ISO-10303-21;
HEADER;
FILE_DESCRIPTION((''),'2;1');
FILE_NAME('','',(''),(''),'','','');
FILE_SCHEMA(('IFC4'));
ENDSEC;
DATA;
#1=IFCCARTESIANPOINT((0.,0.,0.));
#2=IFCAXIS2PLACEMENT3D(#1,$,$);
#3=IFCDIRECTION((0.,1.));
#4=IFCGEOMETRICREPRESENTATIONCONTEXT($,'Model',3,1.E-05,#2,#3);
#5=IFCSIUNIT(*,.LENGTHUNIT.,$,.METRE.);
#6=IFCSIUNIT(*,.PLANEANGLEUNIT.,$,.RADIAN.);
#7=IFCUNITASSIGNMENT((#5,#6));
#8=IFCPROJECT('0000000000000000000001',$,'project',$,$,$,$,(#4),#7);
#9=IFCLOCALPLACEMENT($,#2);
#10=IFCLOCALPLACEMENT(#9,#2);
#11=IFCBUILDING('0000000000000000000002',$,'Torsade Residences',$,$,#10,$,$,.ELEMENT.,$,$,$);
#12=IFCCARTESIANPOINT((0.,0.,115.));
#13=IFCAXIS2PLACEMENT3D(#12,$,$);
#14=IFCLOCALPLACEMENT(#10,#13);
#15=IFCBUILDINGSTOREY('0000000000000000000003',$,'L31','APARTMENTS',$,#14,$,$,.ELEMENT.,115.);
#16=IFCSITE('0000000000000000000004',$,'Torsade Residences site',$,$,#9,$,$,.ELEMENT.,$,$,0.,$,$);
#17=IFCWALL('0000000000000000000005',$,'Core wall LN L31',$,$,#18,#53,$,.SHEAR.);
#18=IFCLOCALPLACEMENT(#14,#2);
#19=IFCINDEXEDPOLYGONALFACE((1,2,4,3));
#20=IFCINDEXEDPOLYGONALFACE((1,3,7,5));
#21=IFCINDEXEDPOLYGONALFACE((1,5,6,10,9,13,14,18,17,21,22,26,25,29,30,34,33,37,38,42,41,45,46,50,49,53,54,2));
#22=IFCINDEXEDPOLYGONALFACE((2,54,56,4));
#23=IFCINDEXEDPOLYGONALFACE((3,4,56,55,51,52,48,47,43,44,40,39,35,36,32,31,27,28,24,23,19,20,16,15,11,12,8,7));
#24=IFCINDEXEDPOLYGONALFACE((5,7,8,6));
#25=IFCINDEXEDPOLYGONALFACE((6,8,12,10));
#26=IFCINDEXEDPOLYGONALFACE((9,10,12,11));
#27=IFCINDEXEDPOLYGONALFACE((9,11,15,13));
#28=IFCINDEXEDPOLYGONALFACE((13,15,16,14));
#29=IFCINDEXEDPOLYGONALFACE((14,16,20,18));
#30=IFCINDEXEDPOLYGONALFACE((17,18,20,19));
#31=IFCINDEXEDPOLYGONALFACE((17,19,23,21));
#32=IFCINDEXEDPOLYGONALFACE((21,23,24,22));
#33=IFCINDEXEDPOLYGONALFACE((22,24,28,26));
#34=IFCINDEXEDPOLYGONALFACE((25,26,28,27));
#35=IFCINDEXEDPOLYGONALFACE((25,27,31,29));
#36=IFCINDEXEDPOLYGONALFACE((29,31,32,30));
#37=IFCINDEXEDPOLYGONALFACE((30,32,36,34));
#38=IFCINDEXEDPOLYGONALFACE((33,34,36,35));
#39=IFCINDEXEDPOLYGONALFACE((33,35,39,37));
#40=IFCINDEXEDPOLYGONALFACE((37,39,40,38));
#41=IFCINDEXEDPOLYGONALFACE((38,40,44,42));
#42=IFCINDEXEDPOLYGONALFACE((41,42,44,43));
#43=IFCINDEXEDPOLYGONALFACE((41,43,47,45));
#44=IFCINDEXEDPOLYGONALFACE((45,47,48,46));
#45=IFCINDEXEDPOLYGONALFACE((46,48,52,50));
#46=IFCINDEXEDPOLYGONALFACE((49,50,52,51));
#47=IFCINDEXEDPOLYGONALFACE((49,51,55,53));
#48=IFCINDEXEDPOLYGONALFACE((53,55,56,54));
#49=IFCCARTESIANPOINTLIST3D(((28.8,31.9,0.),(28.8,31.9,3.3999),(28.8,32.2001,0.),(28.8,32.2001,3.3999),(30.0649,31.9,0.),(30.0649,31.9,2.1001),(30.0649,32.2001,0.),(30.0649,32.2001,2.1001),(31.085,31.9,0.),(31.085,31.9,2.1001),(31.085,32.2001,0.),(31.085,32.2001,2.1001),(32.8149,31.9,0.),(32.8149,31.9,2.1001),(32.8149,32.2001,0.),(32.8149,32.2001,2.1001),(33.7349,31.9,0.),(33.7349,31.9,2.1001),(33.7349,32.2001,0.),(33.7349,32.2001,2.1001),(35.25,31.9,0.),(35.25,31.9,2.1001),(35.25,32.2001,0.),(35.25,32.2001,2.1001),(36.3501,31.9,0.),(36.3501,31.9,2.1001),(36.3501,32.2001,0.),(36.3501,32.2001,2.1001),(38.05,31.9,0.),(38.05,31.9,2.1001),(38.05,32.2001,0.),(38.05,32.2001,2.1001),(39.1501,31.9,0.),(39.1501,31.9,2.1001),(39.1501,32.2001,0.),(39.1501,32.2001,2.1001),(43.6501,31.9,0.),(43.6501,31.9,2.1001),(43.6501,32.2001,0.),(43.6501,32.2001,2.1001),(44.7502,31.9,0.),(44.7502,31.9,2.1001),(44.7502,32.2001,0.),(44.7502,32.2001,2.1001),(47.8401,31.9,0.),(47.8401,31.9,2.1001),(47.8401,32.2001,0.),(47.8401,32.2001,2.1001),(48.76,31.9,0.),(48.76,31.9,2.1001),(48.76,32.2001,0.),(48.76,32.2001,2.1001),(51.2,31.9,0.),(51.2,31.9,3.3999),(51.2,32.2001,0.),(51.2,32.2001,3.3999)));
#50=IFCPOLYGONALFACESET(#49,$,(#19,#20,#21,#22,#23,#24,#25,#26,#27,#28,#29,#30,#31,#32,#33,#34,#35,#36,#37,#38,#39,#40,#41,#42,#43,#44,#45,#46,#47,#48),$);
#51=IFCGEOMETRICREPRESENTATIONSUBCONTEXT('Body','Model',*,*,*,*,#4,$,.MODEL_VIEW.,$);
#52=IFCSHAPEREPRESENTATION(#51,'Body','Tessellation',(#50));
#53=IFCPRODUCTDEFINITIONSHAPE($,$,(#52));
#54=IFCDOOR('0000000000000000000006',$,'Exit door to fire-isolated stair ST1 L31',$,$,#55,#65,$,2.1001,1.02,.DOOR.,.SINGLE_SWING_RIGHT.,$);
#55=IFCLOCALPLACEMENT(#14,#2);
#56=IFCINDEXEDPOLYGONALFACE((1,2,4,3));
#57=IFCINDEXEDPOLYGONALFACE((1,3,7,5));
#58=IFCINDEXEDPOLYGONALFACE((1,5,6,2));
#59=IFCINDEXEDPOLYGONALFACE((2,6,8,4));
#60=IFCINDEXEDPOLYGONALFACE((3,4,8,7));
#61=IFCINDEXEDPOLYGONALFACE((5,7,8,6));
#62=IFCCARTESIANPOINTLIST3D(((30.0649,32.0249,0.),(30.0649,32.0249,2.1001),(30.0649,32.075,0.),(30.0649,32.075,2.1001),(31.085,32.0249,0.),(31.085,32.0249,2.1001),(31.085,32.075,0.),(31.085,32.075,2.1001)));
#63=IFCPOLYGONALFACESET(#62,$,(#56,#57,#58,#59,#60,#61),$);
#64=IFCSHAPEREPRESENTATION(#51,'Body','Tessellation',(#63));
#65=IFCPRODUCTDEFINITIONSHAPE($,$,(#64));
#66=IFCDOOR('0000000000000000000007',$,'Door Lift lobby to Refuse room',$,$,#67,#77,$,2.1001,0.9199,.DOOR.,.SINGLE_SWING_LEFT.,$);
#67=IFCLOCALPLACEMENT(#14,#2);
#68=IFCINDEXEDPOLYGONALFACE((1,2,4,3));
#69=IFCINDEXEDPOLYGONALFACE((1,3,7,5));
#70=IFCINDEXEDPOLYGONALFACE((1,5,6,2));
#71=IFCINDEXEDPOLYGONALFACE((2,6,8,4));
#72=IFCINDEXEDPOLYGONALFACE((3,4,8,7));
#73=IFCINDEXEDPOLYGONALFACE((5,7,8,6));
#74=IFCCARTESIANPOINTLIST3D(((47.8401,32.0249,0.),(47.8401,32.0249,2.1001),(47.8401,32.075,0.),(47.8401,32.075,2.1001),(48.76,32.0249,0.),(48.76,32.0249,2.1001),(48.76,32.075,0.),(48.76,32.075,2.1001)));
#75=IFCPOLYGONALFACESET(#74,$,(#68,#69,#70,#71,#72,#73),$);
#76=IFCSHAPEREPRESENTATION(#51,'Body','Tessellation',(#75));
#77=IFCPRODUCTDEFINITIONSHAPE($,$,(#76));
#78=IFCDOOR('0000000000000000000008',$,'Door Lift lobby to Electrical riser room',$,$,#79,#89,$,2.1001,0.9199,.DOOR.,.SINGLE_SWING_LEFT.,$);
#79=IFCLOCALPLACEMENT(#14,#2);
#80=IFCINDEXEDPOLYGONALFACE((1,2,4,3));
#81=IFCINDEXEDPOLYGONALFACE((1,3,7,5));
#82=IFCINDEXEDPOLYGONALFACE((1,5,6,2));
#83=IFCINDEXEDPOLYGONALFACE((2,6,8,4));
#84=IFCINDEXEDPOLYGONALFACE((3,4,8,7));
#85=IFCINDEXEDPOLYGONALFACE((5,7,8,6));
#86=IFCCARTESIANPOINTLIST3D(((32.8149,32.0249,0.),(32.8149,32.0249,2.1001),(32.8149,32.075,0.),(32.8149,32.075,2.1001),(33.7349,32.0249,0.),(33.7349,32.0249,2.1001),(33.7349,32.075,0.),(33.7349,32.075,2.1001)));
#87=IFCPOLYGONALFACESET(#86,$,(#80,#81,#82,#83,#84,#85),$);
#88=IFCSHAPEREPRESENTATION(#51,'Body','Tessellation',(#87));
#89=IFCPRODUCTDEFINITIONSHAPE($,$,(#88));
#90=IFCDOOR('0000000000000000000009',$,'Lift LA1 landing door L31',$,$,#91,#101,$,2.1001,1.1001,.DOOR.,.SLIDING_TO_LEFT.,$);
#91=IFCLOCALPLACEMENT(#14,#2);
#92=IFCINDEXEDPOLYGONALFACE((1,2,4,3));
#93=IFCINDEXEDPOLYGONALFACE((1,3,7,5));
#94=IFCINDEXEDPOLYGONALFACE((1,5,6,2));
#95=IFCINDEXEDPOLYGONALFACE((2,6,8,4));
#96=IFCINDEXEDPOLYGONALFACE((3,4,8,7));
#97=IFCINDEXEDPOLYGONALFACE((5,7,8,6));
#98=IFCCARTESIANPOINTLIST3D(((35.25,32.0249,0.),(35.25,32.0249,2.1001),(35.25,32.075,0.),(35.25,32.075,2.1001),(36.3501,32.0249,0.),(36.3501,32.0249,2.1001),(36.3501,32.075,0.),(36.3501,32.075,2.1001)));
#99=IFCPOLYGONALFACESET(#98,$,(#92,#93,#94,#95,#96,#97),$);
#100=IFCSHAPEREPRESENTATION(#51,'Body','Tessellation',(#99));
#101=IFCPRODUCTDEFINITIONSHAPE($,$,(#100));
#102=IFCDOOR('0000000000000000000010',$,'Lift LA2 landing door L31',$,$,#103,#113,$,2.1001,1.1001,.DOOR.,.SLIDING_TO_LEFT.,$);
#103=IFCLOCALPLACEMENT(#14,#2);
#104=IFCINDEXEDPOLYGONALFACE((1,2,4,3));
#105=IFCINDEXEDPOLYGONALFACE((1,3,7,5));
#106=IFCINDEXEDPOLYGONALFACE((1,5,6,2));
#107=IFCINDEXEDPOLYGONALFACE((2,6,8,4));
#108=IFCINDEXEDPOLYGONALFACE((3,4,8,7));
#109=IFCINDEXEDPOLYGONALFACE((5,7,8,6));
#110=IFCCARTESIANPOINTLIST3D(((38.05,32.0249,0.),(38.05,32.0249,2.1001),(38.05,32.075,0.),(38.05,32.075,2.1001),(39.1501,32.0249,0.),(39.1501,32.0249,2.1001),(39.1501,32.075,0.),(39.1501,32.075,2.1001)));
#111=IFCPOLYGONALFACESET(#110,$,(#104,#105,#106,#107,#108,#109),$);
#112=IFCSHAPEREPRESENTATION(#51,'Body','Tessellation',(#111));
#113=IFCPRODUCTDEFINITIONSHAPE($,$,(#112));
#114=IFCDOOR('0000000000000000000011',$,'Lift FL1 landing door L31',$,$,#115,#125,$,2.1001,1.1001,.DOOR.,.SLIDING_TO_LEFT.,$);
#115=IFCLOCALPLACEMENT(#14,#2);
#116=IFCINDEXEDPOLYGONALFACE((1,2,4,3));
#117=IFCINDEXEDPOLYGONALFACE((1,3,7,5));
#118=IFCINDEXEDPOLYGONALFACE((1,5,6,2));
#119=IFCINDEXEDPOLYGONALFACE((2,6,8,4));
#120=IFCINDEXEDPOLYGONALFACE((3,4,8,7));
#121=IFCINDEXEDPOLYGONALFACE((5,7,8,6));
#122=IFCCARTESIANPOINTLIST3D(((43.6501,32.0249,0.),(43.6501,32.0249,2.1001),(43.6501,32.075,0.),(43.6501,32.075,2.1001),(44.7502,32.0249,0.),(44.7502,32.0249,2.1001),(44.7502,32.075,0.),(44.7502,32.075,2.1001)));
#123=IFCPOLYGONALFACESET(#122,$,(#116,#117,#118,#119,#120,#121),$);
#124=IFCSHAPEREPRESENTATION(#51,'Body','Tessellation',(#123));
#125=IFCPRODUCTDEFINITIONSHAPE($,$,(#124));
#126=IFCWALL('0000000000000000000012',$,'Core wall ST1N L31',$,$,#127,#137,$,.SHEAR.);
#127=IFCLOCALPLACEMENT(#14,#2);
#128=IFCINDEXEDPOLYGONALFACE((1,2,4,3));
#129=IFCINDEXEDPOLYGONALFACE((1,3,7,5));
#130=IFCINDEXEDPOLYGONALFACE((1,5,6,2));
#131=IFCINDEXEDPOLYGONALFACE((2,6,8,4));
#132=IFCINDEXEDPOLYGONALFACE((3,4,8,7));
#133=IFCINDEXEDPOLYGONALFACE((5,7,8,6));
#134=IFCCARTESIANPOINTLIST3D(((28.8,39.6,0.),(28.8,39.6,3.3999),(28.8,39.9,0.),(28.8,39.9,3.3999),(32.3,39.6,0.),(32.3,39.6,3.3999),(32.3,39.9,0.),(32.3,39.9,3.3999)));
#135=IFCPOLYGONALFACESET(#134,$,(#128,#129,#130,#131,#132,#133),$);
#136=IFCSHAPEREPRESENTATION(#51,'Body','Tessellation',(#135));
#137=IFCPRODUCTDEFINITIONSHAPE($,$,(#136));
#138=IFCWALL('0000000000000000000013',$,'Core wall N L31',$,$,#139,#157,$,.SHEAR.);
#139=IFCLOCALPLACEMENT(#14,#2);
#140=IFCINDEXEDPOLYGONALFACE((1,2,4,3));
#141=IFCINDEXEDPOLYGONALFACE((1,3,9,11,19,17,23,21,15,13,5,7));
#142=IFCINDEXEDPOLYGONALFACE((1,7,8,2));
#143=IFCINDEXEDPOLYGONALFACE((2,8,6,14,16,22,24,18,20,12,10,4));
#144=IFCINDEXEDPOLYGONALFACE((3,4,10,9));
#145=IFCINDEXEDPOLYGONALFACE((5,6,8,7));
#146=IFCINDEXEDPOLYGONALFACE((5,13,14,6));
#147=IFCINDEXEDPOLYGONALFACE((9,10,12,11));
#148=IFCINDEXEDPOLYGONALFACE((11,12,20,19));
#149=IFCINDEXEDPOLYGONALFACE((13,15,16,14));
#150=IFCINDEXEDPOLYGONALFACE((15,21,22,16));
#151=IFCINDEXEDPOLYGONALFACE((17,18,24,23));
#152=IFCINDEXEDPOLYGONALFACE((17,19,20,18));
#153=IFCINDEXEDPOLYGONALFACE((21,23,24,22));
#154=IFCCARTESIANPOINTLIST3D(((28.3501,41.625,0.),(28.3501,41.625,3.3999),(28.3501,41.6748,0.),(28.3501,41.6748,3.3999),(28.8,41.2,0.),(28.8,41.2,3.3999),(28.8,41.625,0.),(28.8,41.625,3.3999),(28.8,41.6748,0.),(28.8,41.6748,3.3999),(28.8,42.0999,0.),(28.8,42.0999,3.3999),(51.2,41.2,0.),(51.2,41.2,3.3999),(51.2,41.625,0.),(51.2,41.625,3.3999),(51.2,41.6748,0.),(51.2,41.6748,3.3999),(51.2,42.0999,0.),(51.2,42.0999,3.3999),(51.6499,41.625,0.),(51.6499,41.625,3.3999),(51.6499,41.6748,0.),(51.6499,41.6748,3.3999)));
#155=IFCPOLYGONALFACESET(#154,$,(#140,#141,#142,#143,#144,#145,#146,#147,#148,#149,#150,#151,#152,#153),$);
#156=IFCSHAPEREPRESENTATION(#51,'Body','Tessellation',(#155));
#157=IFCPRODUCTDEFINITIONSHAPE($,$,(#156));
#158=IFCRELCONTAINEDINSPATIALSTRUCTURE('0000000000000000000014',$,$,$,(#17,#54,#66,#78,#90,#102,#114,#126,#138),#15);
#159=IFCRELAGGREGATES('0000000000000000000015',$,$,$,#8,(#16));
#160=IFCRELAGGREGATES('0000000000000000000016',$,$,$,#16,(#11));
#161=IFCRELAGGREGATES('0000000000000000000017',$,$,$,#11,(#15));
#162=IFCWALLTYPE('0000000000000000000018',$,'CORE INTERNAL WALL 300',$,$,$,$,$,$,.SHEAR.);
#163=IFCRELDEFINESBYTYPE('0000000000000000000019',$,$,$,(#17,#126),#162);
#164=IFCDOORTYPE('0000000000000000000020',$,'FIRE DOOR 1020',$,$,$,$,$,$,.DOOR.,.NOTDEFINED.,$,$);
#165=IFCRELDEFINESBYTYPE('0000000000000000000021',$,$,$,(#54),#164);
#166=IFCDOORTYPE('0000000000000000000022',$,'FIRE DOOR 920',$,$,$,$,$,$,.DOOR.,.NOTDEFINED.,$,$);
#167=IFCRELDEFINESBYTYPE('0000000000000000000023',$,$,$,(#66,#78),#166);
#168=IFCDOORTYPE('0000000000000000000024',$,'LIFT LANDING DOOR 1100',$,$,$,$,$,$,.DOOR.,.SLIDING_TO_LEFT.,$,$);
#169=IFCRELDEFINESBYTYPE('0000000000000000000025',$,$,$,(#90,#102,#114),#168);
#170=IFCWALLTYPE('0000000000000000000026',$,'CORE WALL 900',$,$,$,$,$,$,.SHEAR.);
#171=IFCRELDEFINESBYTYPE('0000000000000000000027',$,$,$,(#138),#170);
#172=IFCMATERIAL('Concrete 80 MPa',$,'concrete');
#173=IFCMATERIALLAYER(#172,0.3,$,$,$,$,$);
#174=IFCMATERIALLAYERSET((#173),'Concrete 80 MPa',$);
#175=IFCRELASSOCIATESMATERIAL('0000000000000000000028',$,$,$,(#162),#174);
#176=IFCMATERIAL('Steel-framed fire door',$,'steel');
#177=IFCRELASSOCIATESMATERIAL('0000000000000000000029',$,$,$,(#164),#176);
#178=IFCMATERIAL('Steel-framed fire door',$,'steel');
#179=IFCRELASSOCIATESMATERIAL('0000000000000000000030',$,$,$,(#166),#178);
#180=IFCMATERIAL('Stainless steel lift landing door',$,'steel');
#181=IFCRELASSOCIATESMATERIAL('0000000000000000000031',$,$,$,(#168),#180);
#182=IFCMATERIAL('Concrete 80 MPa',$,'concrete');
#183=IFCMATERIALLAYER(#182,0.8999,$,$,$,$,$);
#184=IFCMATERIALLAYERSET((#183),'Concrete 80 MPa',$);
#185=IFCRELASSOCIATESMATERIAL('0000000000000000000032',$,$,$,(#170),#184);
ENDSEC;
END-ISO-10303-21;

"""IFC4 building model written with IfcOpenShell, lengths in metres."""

from ifc_helpers import new_model, si_unit, direction, frame, frame_2d, origin, place, context, subcontext, project, spatial, polyline, rectangle, outline, extrude, material, layer, layer_set, type_object, element, fill, save


model = new_model("IFC4")

# Units and contexts
model_context = context("Model", 3, precision=1e-05, world=origin(), true_north=direction((0.0, 1.0)))
body_context = subcontext(model_context, "Body", "Model", "MODEL_VIEW")
ifc_project = project(units=[si_unit("LENGTHUNIT", "METRE"), si_unit("PLANEANGLEUNIT", "RADIAN")], contexts=[model_context])

# Site, building, storey
site_placement = place(None, origin())
site = spatial("IfcSite", under=ifc_project, at=site_placement, Name="Torsade Residences site", CompositionType="ELEMENT", RefElevation=0.0)
building_placement = place(site_placement, origin())
building = spatial("IfcBuilding", under=site, at=building_placement, Name="Torsade Residences", CompositionType="ELEMENT")
storey_placement = place(building_placement, frame((0.0, 0.0, 115.0)))
storey = spatial("IfcBuildingStorey", under=building, at=storey_placement, Name="L31", Description="APARTMENTS", CompositionType="ELEMENT", Elevation=115.0)

# Wall, openings, doors
ifc_material_1 = material(Name="Concrete 80 MPa", Category="concrete")
ifc_layer_1 = layer(ifc_material_1, 0.3)
ifc_layer_set_1 = layer_set([ifc_layer_1], Name="Concrete 80 MPa")
wall_type_1 = type_object("IfcWallType", Name="CORE INTERNAL WALL 300", PredefinedType="SHEAR", material=ifc_layer_set_1)
wall_1_placement = place(storey_placement, frame((28.8, 32.05, 0.0), z_axis=(0.0, 0.0, 1.0), x_axis=(1.0, 0.0, 0.0)))
wall_1 = element("IfcWall", 1, at=wall_1_placement, inside=storey, type_object=wall_type_1, Name="Core wall LN L31", PredefinedType="SHEAR", context=body_context, shape_type="SweptSolid", body=[
    extrude(rectangle(XDim=22.3999, YDim=0.3, at=frame_2d((11.2, 0.0))), origin(), (0.0, 0.0, 1.0), 3.3999),
])
opening_1_placement = place(wall_1_placement, frame((19.04, 0.0, 0.0)))
opening_1 = element("IfcOpeningElement", 2, at=opening_1_placement, cuts=wall_1, PredefinedType="OPENING", context=body_context, shape_type="SweptSolid", body=[
    extrude(rectangle(XDim=0.9199, YDim=2.1001, at=frame_2d((0.46, 1.05))), frame((0.0, 0.1599, 0.0), z_axis=(0.0, -1.0, 0.0), x_axis=(1.0, 0.0, 0.0)), (0.0, 0.0, 1.0), 0.3201),
])
opening_2_placement = place(wall_1_placement, frame((1.2649, 0.0, 0.0)))
opening_2 = element("IfcOpeningElement", 3, at=opening_2_placement, cuts=wall_1, PredefinedType="OPENING", context=body_context, shape_type="SweptSolid", body=[
    extrude(rectangle(XDim=1.02, YDim=2.1001, at=frame_2d((0.51, 1.05))), frame((0.0, 0.1599, 0.0), z_axis=(0.0, -1.0, 0.0), x_axis=(1.0, 0.0, 0.0)), (0.0, 0.0, 1.0), 0.3201),
])
opening_3_placement = place(wall_1_placement, frame((4.0149, 0.0, 0.0)))
opening_3 = element("IfcOpeningElement", 4, at=opening_3_placement, cuts=wall_1, PredefinedType="OPENING", context=body_context, shape_type="SweptSolid", body=[
    extrude(rectangle(XDim=0.9199, YDim=2.1001, at=frame_2d((0.46, 1.05))), frame((0.0, 0.1599, 0.0), z_axis=(0.0, -1.0, 0.0), x_axis=(1.0, 0.0, 0.0)), (0.0, 0.0, 1.0), 0.3201),
])
opening_4_placement = place(wall_1_placement, frame((6.45, 0.0, 0.0)))
opening_4 = element("IfcOpeningElement", 5, at=opening_4_placement, cuts=wall_1, PredefinedType="OPENING", context=body_context, shape_type="SweptSolid", body=[
    extrude(rectangle(XDim=1.1001, YDim=2.1001, at=frame_2d((0.55, 1.05))), frame((0.0, 0.1599, 0.0), z_axis=(0.0, -1.0, 0.0), x_axis=(1.0, 0.0, 0.0)), (0.0, 0.0, 1.0), 0.3201),
])
opening_5_placement = place(wall_1_placement, frame((9.25, 0.0, 0.0)))
opening_5 = element("IfcOpeningElement", 6, at=opening_5_placement, cuts=wall_1, PredefinedType="OPENING", context=body_context, shape_type="SweptSolid", body=[
    extrude(rectangle(XDim=1.1001, YDim=2.1001, at=frame_2d((0.55, 1.05))), frame((0.0, 0.1599, 0.0), z_axis=(0.0, -1.0, 0.0), x_axis=(1.0, 0.0, 0.0)), (0.0, 0.0, 1.0), 0.3201),
])
opening_6_placement = place(wall_1_placement, frame((14.8501, 0.0, 0.0)))
opening_6 = element("IfcOpeningElement", 7, at=opening_6_placement, cuts=wall_1, PredefinedType="OPENING", context=body_context, shape_type="SweptSolid", body=[
    extrude(rectangle(XDim=1.1001, YDim=2.1001, at=frame_2d((0.55, 1.05))), frame((0.0, 0.1599, 0.0), z_axis=(0.0, -1.0, 0.0), x_axis=(1.0, 0.0, 0.0)), (0.0, 0.0, 1.0), 0.3201),
])
ifc_material_2 = material(Name="Steel-framed fire door", Category="steel")
door_type_1 = type_object("IfcDoorType", Name="FIRE DOOR 1020", OperationType="NOTDEFINED", PredefinedType="DOOR", material=ifc_material_2)
door_1_placement = place(opening_2_placement, origin())
door_1 = element("IfcDoor", 8, at=door_1_placement, inside=storey, type_object=door_type_1, Name="Exit door to fire-isolated stair ST1 L31", OperationType="SINGLE_SWING_RIGHT", OverallHeight=2.1001, OverallWidth=1.02, PredefinedType="DOOR", context=body_context, shape_type="SweptSolid", body=[
    extrude(rectangle(XDim=1.02, YDim=2.1001, at=frame_2d((0.51, 1.05))), frame((0.0, 0.0249, 0.0), z_axis=(0.0, -1.0, 0.0), x_axis=(1.0, 0.0, 0.0)), (0.0, 0.0, 1.0), 0.05),
])
fill(opening_2, door_1)
ifc_material_3 = material(Name="Steel-framed fire door", Category="steel")
door_type_2 = type_object("IfcDoorType", Name="FIRE DOOR 920", OperationType="NOTDEFINED", PredefinedType="DOOR", material=ifc_material_3)
door_2_placement = place(opening_1_placement, origin())
door_2 = element("IfcDoor", 9, at=door_2_placement, inside=storey, type_object=door_type_2, Name="Door Lift lobby to Refuse room", OperationType="SINGLE_SWING_LEFT", OverallHeight=2.1001, OverallWidth=0.9199, PredefinedType="DOOR", context=body_context, shape_type="SweptSolid", body=[
    extrude(rectangle(XDim=0.9199, YDim=2.1001, at=frame_2d((0.46, 1.05))), frame((0.0, 0.0249, 0.0), z_axis=(0.0, -1.0, 0.0), x_axis=(1.0, 0.0, 0.0)), (0.0, 0.0, 1.0), 0.05),
])
fill(opening_1, door_2)
door_3_placement = place(opening_3_placement, origin())
door_3 = element("IfcDoor", 10, at=door_3_placement, inside=storey, type_object=door_type_2, Name="Door Lift lobby to Electrical riser room", OperationType="SINGLE_SWING_LEFT", OverallHeight=2.1001, OverallWidth=0.9199, PredefinedType="DOOR", context=body_context, shape_type="SweptSolid", body=[
    extrude(rectangle(XDim=0.9199, YDim=2.1001, at=frame_2d((0.46, 1.05))), frame((0.0, 0.0249, 0.0), z_axis=(0.0, -1.0, 0.0), x_axis=(1.0, 0.0, 0.0)), (0.0, 0.0, 1.0), 0.05),
])
fill(opening_3, door_3)
ifc_material_4 = material(Name="Stainless steel lift landing door", Category="steel")
door_type_3 = type_object("IfcDoorType", Name="LIFT LANDING DOOR 1100", OperationType="SLIDING_TO_LEFT", PredefinedType="DOOR", material=ifc_material_4)
door_4_placement = place(opening_4_placement, origin())
door_4 = element("IfcDoor", 11, at=door_4_placement, inside=storey, type_object=door_type_3, Name="Lift LA1 landing door L31", OperationType="SLIDING_TO_LEFT", OverallHeight=2.1001, OverallWidth=1.1001, PredefinedType="DOOR", context=body_context, shape_type="SweptSolid", body=[
    extrude(rectangle(XDim=1.1001, YDim=2.1001, at=frame_2d((0.55, 1.05))), frame((0.0, 0.0249, 0.0), z_axis=(0.0, -1.0, 0.0), x_axis=(1.0, 0.0, 0.0)), (0.0, 0.0, 1.0), 0.05),
])
fill(opening_4, door_4)
door_5_placement = place(opening_5_placement, origin())
door_5 = element("IfcDoor", 12, at=door_5_placement, inside=storey, type_object=door_type_3, Name="Lift LA2 landing door L31", OperationType="SLIDING_TO_LEFT", OverallHeight=2.1001, OverallWidth=1.1001, PredefinedType="DOOR", context=body_context, shape_type="SweptSolid", body=[
    extrude(rectangle(XDim=1.1001, YDim=2.1001, at=frame_2d((0.55, 1.05))), frame((0.0, 0.0249, 0.0), z_axis=(0.0, -1.0, 0.0), x_axis=(1.0, 0.0, 0.0)), (0.0, 0.0, 1.0), 0.05),
])
fill(opening_5, door_5)
door_6_placement = place(opening_6_placement, origin())
door_6 = element("IfcDoor", 13, at=door_6_placement, inside=storey, type_object=door_type_3, Name="Lift FL1 landing door L31", OperationType="SLIDING_TO_LEFT", OverallHeight=2.1001, OverallWidth=1.1001, PredefinedType="DOOR", context=body_context, shape_type="SweptSolid", body=[
    extrude(rectangle(XDim=1.1001, YDim=2.1001, at=frame_2d((0.55, 1.05))), frame((0.0, 0.0249, 0.0), z_axis=(0.0, -1.0, 0.0), x_axis=(1.0, 0.0, 0.0)), (0.0, 0.0, 1.0), 0.05),
])
fill(opening_6, door_6)

# Walls
wall_2_placement = place(storey_placement, frame((28.8, 39.75, 0.0), z_axis=(0.0, 0.0, 1.0), x_axis=(1.0, 0.0, 0.0)))
element("IfcWall", 14, at=wall_2_placement, inside=storey, type_object=wall_type_1, Name="Core wall ST1N L31", PredefinedType="SHEAR", context=body_context, shape_type="SweptSolid", body=[
    extrude(rectangle(XDim=3.5, YDim=0.3, at=frame_2d((1.75, 0.0))), origin(), (0.0, 0.0, 1.0), 3.3999),
])
ifc_material_5 = material(Name="Concrete 80 MPa", Category="concrete")
ifc_layer_2 = layer(ifc_material_5, 0.8999)
ifc_layer_set_2 = layer_set([ifc_layer_2], Name="Concrete 80 MPa")
wall_type_2 = type_object("IfcWallType", Name="CORE WALL 900", PredefinedType="SHEAR", material=ifc_layer_set_2)
wall_3_placement = place(storey_placement, frame((28.8, 41.6499, 0.0), z_axis=(0.0, 0.0, 1.0), x_axis=(1.0, 0.0, 0.0)))
element("IfcWall", 15, at=wall_3_placement, inside=storey, type_object=wall_type_2, Name="Core wall N L31", PredefinedType="SHEAR", context=body_context, shape_type="SweptSolid", body=[
    extrude(outline(polyline([(0.0, -0.45), (22.3999, -0.45), (22.3999, -0.0249), (22.8499, -0.0249), (22.8499, 0.0249), (22.3999, 0.0249), (22.3999, 0.45), (0.0, 0.45), (0.0, 0.0249), (-0.45, 0.0249), (-0.45, -0.0249), (0.0, -0.0249), (0.0, -0.45)])), origin(), (0.0, 0.0, 1.0), 3.3999),
])

save(model, "model.ifc")
